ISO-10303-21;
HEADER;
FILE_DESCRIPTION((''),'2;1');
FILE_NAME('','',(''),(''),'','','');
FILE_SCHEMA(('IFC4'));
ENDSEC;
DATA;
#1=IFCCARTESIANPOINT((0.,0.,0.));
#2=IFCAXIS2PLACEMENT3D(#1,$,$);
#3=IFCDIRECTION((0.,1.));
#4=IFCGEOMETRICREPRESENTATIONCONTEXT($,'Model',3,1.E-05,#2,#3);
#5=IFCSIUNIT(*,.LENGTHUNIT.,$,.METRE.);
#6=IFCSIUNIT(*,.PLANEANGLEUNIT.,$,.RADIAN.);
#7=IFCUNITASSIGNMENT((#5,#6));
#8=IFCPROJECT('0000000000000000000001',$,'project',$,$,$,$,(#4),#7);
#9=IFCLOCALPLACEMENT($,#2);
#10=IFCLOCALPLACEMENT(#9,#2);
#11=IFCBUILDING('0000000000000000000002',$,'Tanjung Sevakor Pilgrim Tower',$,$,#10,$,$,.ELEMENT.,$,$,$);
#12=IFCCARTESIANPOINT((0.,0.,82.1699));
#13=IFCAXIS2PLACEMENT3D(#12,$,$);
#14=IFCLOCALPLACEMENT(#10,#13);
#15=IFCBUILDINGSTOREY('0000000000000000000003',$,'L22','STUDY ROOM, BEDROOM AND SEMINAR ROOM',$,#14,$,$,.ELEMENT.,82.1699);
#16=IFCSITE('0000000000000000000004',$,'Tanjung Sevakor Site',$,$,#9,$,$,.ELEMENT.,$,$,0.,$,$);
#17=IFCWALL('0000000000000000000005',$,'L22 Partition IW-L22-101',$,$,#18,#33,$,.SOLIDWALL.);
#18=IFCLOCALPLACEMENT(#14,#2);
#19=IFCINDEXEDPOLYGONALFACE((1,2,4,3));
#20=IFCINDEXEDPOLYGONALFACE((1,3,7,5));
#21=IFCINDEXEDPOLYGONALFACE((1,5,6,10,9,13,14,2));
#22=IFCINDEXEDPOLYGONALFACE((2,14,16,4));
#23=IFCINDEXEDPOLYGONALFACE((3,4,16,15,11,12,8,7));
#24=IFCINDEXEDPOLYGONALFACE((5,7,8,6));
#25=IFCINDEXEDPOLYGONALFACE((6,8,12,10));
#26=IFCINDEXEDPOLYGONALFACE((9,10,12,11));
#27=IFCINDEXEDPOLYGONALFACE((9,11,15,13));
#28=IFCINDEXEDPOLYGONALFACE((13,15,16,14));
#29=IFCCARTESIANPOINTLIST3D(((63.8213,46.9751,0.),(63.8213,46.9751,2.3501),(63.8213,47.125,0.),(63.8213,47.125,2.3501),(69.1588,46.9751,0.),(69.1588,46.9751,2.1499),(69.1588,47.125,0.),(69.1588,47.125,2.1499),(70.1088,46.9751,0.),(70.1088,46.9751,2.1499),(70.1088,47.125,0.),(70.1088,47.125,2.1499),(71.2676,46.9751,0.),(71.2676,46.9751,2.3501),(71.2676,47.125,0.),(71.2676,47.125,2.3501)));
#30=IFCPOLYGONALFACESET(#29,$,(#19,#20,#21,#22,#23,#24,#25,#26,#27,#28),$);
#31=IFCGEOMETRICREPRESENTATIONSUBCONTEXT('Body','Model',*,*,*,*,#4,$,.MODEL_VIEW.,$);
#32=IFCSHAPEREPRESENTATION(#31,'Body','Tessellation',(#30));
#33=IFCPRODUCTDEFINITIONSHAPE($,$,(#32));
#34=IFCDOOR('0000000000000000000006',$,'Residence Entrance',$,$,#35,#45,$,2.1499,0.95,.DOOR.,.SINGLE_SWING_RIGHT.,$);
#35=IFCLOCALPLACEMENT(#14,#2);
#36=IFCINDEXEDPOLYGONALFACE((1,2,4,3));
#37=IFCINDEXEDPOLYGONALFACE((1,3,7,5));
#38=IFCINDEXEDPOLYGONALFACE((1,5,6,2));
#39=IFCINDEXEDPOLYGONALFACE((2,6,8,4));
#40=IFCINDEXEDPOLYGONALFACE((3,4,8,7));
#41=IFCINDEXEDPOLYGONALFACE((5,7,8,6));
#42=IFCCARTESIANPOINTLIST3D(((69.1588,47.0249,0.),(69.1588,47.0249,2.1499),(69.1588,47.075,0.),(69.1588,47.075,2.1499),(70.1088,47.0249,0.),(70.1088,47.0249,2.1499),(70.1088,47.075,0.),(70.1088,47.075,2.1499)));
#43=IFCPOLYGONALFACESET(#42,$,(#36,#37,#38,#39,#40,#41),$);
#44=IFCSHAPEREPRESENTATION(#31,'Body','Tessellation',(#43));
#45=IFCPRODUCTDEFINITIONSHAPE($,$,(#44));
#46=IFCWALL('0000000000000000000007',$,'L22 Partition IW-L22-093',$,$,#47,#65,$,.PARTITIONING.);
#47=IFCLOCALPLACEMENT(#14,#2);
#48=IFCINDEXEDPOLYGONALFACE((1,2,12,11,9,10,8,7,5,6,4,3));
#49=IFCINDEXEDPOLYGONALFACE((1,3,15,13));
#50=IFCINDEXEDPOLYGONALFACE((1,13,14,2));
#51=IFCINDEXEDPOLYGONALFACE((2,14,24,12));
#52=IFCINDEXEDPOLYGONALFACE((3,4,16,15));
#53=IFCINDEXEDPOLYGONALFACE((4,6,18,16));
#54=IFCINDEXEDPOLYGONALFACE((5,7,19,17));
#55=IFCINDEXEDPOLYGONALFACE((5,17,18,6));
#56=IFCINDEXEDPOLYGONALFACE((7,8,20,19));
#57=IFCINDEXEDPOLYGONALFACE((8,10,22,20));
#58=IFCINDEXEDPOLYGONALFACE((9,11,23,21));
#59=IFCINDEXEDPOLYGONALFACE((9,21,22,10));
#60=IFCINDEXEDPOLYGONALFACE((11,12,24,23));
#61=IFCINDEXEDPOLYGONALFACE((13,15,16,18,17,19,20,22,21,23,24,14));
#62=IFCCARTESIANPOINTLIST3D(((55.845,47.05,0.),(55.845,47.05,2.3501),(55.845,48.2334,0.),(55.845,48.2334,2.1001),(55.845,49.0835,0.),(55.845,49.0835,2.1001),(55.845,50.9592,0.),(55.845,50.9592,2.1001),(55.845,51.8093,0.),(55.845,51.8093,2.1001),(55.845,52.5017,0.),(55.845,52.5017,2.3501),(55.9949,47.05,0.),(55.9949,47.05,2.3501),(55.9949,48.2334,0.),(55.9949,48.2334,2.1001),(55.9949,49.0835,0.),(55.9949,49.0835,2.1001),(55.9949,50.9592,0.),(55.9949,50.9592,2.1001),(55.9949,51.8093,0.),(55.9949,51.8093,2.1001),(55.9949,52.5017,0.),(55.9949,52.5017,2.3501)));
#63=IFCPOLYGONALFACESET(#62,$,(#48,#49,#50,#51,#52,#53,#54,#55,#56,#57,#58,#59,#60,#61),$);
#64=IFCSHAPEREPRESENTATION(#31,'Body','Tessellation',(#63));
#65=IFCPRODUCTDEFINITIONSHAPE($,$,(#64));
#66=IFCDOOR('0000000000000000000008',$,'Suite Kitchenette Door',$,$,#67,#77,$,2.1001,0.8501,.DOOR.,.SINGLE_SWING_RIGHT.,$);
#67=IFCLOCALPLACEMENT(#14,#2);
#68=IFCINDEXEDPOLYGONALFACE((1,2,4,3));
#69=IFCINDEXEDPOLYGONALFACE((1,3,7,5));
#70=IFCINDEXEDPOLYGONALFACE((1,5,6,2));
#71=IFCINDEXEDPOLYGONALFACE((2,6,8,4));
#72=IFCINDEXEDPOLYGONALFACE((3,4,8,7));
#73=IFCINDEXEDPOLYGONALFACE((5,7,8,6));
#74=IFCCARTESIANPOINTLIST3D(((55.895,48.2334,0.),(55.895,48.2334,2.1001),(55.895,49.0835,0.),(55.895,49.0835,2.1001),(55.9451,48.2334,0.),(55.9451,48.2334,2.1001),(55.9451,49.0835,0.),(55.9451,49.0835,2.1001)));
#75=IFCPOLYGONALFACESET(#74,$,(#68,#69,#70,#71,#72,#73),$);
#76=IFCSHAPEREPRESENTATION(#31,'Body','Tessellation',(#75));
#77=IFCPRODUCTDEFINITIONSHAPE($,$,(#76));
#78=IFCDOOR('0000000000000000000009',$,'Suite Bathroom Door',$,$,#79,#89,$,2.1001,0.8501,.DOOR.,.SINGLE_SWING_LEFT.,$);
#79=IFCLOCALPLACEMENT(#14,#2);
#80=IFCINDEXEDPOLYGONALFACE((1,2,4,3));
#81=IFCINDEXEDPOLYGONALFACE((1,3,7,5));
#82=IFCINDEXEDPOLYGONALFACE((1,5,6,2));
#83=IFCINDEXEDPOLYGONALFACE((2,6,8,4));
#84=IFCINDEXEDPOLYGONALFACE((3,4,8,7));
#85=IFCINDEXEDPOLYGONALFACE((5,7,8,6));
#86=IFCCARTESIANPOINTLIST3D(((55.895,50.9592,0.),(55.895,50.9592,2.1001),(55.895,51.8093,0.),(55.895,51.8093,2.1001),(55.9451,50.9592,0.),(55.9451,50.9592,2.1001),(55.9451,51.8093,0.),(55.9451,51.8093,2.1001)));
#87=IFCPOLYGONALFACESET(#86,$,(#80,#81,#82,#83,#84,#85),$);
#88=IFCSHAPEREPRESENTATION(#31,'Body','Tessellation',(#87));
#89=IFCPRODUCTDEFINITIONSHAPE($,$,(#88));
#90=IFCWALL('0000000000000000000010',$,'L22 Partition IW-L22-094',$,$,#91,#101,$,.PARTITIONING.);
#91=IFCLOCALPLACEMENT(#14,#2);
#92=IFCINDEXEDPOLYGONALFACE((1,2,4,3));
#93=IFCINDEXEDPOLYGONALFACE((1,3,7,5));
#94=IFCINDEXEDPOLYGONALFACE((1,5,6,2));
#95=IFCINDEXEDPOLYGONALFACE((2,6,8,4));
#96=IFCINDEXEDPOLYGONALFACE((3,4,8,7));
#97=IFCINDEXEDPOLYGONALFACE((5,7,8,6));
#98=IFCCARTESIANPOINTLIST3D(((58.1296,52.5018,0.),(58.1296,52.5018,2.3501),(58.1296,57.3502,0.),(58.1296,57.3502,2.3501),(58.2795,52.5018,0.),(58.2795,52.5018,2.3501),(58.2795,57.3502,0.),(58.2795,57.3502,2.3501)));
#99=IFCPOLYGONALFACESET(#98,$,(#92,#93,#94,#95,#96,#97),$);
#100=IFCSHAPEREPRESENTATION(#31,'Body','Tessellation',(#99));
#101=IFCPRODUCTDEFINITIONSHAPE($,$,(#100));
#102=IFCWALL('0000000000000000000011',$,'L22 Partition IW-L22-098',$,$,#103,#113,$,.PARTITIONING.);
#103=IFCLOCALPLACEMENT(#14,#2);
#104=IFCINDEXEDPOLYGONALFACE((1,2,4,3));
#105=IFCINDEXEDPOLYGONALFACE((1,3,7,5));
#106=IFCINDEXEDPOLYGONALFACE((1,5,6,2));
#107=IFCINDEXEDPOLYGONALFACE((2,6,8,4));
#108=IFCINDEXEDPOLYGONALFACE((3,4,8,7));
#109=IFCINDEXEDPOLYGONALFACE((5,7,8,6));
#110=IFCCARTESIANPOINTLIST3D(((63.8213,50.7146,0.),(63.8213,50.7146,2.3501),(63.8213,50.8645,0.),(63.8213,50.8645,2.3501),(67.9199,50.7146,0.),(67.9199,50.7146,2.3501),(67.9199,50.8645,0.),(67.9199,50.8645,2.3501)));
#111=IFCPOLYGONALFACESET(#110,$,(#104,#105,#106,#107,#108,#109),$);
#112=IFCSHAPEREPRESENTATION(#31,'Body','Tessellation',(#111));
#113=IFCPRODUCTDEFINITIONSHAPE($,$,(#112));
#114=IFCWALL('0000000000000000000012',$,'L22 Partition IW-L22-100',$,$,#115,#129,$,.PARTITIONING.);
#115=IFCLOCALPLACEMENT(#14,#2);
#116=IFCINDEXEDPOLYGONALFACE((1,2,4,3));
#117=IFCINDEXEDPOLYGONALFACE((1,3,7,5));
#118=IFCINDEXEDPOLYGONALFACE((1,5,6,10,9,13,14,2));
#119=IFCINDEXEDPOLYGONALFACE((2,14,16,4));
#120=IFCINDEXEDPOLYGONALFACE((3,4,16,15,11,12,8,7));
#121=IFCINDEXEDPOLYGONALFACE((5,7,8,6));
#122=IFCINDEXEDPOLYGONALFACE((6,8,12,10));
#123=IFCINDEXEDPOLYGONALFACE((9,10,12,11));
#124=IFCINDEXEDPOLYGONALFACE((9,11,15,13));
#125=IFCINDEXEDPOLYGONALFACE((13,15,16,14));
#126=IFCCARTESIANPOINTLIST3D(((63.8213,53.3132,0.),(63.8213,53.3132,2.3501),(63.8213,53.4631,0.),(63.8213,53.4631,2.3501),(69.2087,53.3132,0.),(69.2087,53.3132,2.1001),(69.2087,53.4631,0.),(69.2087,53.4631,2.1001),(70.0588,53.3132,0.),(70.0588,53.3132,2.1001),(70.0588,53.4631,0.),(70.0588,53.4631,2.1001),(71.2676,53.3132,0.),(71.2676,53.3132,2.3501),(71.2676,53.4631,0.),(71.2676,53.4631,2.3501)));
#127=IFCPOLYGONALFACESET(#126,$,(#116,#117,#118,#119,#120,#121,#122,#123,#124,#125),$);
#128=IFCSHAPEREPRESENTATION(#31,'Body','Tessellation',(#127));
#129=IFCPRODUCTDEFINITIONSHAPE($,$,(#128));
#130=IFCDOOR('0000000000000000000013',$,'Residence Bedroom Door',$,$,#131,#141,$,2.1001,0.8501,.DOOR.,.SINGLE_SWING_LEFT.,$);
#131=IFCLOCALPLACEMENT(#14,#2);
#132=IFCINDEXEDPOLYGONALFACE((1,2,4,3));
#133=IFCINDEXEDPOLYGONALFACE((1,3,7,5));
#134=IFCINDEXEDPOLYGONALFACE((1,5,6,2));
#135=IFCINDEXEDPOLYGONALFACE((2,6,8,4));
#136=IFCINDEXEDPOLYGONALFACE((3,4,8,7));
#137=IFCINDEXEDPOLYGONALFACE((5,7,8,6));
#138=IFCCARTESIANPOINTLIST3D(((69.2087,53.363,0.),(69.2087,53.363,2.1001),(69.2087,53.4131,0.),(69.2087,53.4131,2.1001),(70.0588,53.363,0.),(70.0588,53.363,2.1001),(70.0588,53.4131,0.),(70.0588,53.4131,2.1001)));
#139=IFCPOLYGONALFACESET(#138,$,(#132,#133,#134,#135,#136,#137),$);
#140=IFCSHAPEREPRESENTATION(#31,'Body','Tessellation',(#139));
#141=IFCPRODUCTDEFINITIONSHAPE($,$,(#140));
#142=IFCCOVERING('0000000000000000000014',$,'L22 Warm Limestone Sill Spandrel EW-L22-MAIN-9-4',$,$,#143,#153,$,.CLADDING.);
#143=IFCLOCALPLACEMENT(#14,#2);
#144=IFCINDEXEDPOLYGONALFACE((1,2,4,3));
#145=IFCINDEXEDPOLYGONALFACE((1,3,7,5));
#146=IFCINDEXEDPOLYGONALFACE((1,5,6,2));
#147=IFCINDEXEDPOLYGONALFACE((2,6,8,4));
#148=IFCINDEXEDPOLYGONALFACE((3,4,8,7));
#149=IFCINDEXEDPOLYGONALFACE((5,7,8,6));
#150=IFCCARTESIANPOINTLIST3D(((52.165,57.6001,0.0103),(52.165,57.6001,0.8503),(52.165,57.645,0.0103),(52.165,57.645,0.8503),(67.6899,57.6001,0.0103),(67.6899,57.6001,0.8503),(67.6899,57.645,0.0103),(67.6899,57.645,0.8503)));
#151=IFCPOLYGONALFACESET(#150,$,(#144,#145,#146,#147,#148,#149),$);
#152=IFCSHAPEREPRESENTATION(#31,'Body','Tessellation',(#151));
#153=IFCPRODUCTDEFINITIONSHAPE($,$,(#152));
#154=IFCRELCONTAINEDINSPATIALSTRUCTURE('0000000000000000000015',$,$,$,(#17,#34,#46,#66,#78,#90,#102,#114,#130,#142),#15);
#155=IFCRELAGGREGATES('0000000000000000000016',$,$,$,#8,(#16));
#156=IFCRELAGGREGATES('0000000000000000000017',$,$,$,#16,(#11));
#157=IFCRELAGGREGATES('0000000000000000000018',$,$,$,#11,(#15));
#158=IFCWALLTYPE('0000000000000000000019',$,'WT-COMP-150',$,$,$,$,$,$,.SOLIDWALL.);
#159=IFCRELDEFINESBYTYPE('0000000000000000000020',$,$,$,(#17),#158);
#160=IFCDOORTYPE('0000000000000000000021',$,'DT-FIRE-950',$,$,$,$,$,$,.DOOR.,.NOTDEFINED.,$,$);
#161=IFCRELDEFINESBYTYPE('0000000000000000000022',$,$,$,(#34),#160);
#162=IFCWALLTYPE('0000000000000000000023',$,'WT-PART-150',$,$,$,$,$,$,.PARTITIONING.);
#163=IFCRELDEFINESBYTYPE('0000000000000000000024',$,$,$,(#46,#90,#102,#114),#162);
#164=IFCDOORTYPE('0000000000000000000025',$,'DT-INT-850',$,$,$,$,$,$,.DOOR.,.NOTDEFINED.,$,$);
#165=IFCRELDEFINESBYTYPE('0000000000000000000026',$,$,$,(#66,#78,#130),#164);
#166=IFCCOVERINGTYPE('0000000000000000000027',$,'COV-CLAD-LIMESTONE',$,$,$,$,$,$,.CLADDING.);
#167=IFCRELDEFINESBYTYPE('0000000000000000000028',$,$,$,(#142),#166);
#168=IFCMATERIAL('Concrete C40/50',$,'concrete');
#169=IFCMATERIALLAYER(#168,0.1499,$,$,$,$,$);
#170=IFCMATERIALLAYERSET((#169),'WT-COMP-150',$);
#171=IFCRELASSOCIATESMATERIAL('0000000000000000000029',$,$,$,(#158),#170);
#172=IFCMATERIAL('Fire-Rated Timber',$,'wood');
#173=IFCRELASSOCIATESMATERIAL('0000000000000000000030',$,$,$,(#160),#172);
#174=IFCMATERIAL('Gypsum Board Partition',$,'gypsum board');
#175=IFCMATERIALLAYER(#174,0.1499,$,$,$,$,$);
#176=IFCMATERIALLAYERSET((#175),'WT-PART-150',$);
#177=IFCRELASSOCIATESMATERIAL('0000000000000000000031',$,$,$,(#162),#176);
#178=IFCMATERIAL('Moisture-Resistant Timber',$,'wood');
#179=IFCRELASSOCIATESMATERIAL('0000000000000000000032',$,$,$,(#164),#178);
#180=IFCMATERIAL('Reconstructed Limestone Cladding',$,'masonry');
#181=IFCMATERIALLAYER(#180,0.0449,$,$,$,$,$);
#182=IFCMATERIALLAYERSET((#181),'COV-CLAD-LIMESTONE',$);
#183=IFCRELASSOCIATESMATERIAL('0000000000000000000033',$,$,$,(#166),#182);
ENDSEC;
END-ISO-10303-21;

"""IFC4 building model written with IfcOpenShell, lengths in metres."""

from ifc_helpers import new_model, si_unit, direction, frame, frame_2d, origin, origin_2d, place, context, subcontext, project, spatial, rectangle, extrude, material, layer, layer_set, type_object, element, fill, save


model = new_model("IFC4")

# Units and contexts
model_context = context("Model", 3, precision=1e-05, world=origin(), true_north=direction((0.0, 1.0)))
body_context = subcontext(model_context, "Body", "Model", "MODEL_VIEW")
ifc_project = project(units=[si_unit("LENGTHUNIT", "METRE"), si_unit("PLANEANGLEUNIT", "RADIAN")], contexts=[model_context])

# Site, building, storey
site_placement = place(None, origin())
site = spatial("IfcSite", under=ifc_project, at=site_placement, Name="Tanjung Sevakor Site", CompositionType="ELEMENT", RefElevation=0.0)
building_placement = place(site_placement, origin())
building = spatial("IfcBuilding", under=site, at=building_placement, Name="Tanjung Sevakor Pilgrim Tower", CompositionType="ELEMENT")
storey_placement = place(building_placement, frame((0.0, 0.0, 82.1699)))
storey = spatial("IfcBuildingStorey", under=building, at=storey_placement, Name="L22", Description="STUDY ROOM, BEDROOM AND SEMINAR ROOM", CompositionType="ELEMENT", Elevation=82.1699)

# Shared definitions
ifc_material_1 = material(Name="Concrete C40/50", Category="concrete")
ifc_layer_1 = layer(ifc_material_1, 0.1499)
ifc_layer_set_1 = layer_set([ifc_layer_1], Name="WT-COMP-150")
wall_type_1 = type_object("IfcWallType", Name="WT-COMP-150", PredefinedType="SOLIDWALL", material=ifc_layer_set_1)

# Wall, opening, door
wall_1_placement = place(storey_placement, frame((63.8213, 47.05, 0.0), z_axis=(0.0, 0.0, 1.0), x_axis=(1.0, 0.0, 0.0)))
wall_1 = element("IfcWall", 1, at=wall_1_placement, inside=storey, type_object=wall_type_1, Name="L22 Partition IW-L22-101", PredefinedType="SOLIDWALL", context=body_context, shape_type="SweptSolid", body=[
    extrude(rectangle(XDim=7.4463, YDim=0.1499, at=frame_2d((3.7231, 0.0))), origin(), (0.0, 0.0, 1.0), 2.3501),
])
opening_1_placement = place(wall_1_placement, frame((5.3374, 0.0, 0.0)))
opening_1 = element("IfcOpeningElement", 2, at=opening_1_placement, cuts=wall_1, PredefinedType="OPENING", context=body_context, shape_type="SweptSolid", body=[
    extrude(rectangle(XDim=0.95, YDim=2.1499, at=frame_2d((0.4751, 1.075))), frame((0.0, 0.085, 0.0), z_axis=(0.0, -1.0, 0.0), x_axis=(1.0, 0.0, 0.0)), (0.0, 0.0, 1.0), 0.1699),
])
ifc_material_2 = material(Name="Fire-Rated Timber", Category="wood")
door_type_1 = type_object("IfcDoorType", Name="DT-FIRE-950", OperationType="NOTDEFINED", PredefinedType="DOOR", material=ifc_material_2)
door_1_placement = place(opening_1_placement, origin())
door_1 = element("IfcDoor", 3, at=door_1_placement, inside=storey, type_object=door_type_1, Name="Residence Entrance", OperationType="SINGLE_SWING_RIGHT", OverallHeight=2.1499, OverallWidth=0.95, PredefinedType="DOOR", context=body_context, shape_type="SweptSolid", body=[
    extrude(rectangle(XDim=0.95, YDim=2.1499, at=frame_2d((0.4751, 1.075))), frame((0.0, 0.0249, 0.0), z_axis=(0.0, -1.0, 0.0), x_axis=(1.0, 0.0, 0.0)), (0.0, 0.0, 1.0), 0.05),
])
fill(opening_1, door_1)

# Wall, openings, doors
ifc_material_3 = material(Name="Gypsum Board Partition", Category="gypsum board")
ifc_layer_2 = layer(ifc_material_3, 0.1499)
ifc_layer_set_2 = layer_set([ifc_layer_2], Name="WT-PART-150")
wall_type_2 = type_object("IfcWallType", Name="WT-PART-150", PredefinedType="PARTITIONING", material=ifc_layer_set_2)
wall_2_placement = place(storey_placement, frame((55.9199, 47.05, 0.0), z_axis=(0.0, 0.0, 1.0), x_axis=(0.0, 1.0, 0.0)))
wall_2 = element("IfcWall", 4, at=wall_2_placement, inside=storey, type_object=wall_type_2, Name="L22 Partition IW-L22-093", PredefinedType="PARTITIONING", context=body_context, shape_type="SweptSolid", body=[
    extrude(rectangle(XDim=5.4517, YDim=0.1499, at=frame_2d((2.7258, 0.0))), origin(), (0.0, 0.0, 1.0), 2.3501),
])
opening_2_placement = place(wall_2_placement, frame((1.1833, 0.0, 0.0)))
opening_2 = element("IfcOpeningElement", 5, at=opening_2_placement, cuts=wall_2, PredefinedType="OPENING", context=body_context, shape_type="SweptSolid", body=[
    extrude(rectangle(XDim=0.8501, YDim=2.1001, at=frame_2d((0.425, 1.05))), frame((0.0, 0.085, 0.0), z_axis=(0.0, -1.0, 0.0), x_axis=(1.0, 0.0, 0.0)), (0.0, 0.0, 1.0), 0.1699),
])
opening_3_placement = place(wall_2_placement, frame((3.9092, 0.0, 0.0)))
opening_3 = element("IfcOpeningElement", 6, at=opening_3_placement, cuts=wall_2, PredefinedType="OPENING", context=body_context, shape_type="SweptSolid", body=[
    extrude(rectangle(XDim=0.8501, YDim=2.1001, at=frame_2d((0.425, 1.05))), frame((0.0, 0.085, 0.0), z_axis=(0.0, -1.0, 0.0), x_axis=(1.0, 0.0, 0.0)), (0.0, 0.0, 1.0), 0.1699),
])
ifc_material_4 = material(Name="Moisture-Resistant Timber", Category="wood")
door_type_2 = type_object("IfcDoorType", Name="DT-INT-850", OperationType="NOTDEFINED", PredefinedType="DOOR", material=ifc_material_4)
door_2_placement = place(opening_2_placement, origin())
door_2 = element("IfcDoor", 7, at=door_2_placement, inside=storey, type_object=door_type_2, Name="Suite Kitchenette Door", OperationType="SINGLE_SWING_RIGHT", OverallHeight=2.1001, OverallWidth=0.8501, PredefinedType="DOOR", context=body_context, shape_type="SweptSolid", body=[
    extrude(rectangle(XDim=0.8501, YDim=2.1001, at=frame_2d((0.425, 1.05))), frame((0.0, 0.0249, 0.0), z_axis=(0.0, -1.0, 0.0), x_axis=(1.0, 0.0, 0.0)), (0.0, 0.0, 1.0), 0.05),
])
fill(opening_2, door_2)
door_3_placement = place(opening_3_placement, origin())
door_3 = element("IfcDoor", 8, at=door_3_placement, inside=storey, type_object=door_type_2, Name="Suite Bathroom Door", OperationType="SINGLE_SWING_LEFT", OverallHeight=2.1001, OverallWidth=0.8501, PredefinedType="DOOR", context=body_context, shape_type="SweptSolid", body=[
    extrude(rectangle(XDim=0.8501, YDim=2.1001, at=frame_2d((0.425, 1.05))), frame((0.0, 0.0249, 0.0), z_axis=(0.0, -1.0, 0.0), x_axis=(1.0, 0.0, 0.0)), (0.0, 0.0, 1.0), 0.05),
])
fill(opening_3, door_3)

# Walls
wall_3_placement = place(storey_placement, frame((58.2046, 52.5017, 0.0), z_axis=(0.0, 0.0, 1.0), x_axis=(0.0, 1.0, 0.0)))
element("IfcWall", 9, at=wall_3_placement, inside=storey, type_object=wall_type_2, Name="L22 Partition IW-L22-094", PredefinedType="PARTITIONING", context=body_context, shape_type="SweptSolid", body=[
    extrude(rectangle(XDim=4.8484, YDim=0.1499, at=frame_2d((2.4243, 0.0))), origin(), (0.0, 0.0, 1.0), 2.3501),
])
wall_4_placement = place(storey_placement, frame((63.8213, 50.7896, 0.0), z_axis=(0.0, 0.0, 1.0), x_axis=(1.0, 0.0, 0.0)))
element("IfcWall", 10, at=wall_4_placement, inside=storey, type_object=wall_type_2, Name="L22 Partition IW-L22-098", PredefinedType="PARTITIONING", context=body_context, shape_type="SweptSolid", body=[
    extrude(rectangle(XDim=4.0986, YDim=0.1499, at=frame_2d((2.0493, 0.0))), origin(), (0.0, 0.0, 1.0), 2.3501),
])

# Wall, opening, door
wall_5_placement = place(storey_placement, frame((63.8213, 53.3882, 0.0), z_axis=(0.0, 0.0, 1.0), x_axis=(1.0, 0.0, 0.0)))
wall_5 = element("IfcWall", 11, at=wall_5_placement, inside=storey, type_object=wall_type_2, Name="L22 Partition IW-L22-100", PredefinedType="PARTITIONING", context=body_context, shape_type="SweptSolid", body=[
    extrude(rectangle(XDim=7.4463, YDim=0.1499, at=frame_2d((3.7231, 0.0))), origin(), (0.0, 0.0, 1.0), 2.3501),
])
opening_4_placement = place(wall_5_placement, frame((5.3875, 0.0, 0.0)))
opening_4 = element("IfcOpeningElement", 12, at=opening_4_placement, cuts=wall_5, PredefinedType="OPENING", context=body_context, shape_type="SweptSolid", body=[
    extrude(rectangle(XDim=0.8501, YDim=2.1001, at=frame_2d((0.425, 1.05))), frame((0.0, 0.085, 0.0), z_axis=(0.0, -1.0, 0.0), x_axis=(1.0, 0.0, 0.0)), (0.0, 0.0, 1.0), 0.1699),
])
door_4_placement = place(opening_4_placement, origin())
door_4 = element("IfcDoor", 13, at=door_4_placement, inside=storey, type_object=door_type_2, Name="Residence Bedroom Door", OperationType="SINGLE_SWING_LEFT", OverallHeight=2.1001, OverallWidth=0.8501, PredefinedType="DOOR", context=body_context, shape_type="SweptSolid", body=[
    extrude(rectangle(XDim=0.8501, YDim=2.1001, at=frame_2d((0.425, 1.05))), frame((0.0, 0.0249, 0.0), z_axis=(0.0, -1.0, 0.0), x_axis=(1.0, 0.0, 0.0)), (0.0, 0.0, 1.0), 0.05),
])
fill(opening_4, door_4)

# Covering
ifc_material_5 = material(Name="Reconstructed Limestone Cladding", Category="masonry")
ifc_layer_3 = layer(ifc_material_5, 0.0449)
ifc_layer_set_3 = layer_set([ifc_layer_3], Name="COV-CLAD-LIMESTONE")
covering_type = type_object("IfcCoveringType", Name="COV-CLAD-LIMESTONE", PredefinedType="CLADDING", material=ifc_layer_set_3)
covering_placement = place(storey_placement, frame((59.9275, 57.6226, 0.0103), z_axis=(0.0, 0.0, 1.0), x_axis=(-1.0, 0.0, 0.0)))
element("IfcCovering", 14, at=covering_placement, inside=storey, type_object=covering_type, Name="L22 Warm Limestone Sill Spandrel EW-L22-MAIN-9-4", PredefinedType="CLADDING", context=body_context, shape_type="SweptSolid", body=[
    extrude(rectangle(XDim=15.5249, YDim=0.0449, at=origin_2d()), origin(), (0.0, 0.0, 1.0), 0.8401),
])

save(model, "model.ifc")
